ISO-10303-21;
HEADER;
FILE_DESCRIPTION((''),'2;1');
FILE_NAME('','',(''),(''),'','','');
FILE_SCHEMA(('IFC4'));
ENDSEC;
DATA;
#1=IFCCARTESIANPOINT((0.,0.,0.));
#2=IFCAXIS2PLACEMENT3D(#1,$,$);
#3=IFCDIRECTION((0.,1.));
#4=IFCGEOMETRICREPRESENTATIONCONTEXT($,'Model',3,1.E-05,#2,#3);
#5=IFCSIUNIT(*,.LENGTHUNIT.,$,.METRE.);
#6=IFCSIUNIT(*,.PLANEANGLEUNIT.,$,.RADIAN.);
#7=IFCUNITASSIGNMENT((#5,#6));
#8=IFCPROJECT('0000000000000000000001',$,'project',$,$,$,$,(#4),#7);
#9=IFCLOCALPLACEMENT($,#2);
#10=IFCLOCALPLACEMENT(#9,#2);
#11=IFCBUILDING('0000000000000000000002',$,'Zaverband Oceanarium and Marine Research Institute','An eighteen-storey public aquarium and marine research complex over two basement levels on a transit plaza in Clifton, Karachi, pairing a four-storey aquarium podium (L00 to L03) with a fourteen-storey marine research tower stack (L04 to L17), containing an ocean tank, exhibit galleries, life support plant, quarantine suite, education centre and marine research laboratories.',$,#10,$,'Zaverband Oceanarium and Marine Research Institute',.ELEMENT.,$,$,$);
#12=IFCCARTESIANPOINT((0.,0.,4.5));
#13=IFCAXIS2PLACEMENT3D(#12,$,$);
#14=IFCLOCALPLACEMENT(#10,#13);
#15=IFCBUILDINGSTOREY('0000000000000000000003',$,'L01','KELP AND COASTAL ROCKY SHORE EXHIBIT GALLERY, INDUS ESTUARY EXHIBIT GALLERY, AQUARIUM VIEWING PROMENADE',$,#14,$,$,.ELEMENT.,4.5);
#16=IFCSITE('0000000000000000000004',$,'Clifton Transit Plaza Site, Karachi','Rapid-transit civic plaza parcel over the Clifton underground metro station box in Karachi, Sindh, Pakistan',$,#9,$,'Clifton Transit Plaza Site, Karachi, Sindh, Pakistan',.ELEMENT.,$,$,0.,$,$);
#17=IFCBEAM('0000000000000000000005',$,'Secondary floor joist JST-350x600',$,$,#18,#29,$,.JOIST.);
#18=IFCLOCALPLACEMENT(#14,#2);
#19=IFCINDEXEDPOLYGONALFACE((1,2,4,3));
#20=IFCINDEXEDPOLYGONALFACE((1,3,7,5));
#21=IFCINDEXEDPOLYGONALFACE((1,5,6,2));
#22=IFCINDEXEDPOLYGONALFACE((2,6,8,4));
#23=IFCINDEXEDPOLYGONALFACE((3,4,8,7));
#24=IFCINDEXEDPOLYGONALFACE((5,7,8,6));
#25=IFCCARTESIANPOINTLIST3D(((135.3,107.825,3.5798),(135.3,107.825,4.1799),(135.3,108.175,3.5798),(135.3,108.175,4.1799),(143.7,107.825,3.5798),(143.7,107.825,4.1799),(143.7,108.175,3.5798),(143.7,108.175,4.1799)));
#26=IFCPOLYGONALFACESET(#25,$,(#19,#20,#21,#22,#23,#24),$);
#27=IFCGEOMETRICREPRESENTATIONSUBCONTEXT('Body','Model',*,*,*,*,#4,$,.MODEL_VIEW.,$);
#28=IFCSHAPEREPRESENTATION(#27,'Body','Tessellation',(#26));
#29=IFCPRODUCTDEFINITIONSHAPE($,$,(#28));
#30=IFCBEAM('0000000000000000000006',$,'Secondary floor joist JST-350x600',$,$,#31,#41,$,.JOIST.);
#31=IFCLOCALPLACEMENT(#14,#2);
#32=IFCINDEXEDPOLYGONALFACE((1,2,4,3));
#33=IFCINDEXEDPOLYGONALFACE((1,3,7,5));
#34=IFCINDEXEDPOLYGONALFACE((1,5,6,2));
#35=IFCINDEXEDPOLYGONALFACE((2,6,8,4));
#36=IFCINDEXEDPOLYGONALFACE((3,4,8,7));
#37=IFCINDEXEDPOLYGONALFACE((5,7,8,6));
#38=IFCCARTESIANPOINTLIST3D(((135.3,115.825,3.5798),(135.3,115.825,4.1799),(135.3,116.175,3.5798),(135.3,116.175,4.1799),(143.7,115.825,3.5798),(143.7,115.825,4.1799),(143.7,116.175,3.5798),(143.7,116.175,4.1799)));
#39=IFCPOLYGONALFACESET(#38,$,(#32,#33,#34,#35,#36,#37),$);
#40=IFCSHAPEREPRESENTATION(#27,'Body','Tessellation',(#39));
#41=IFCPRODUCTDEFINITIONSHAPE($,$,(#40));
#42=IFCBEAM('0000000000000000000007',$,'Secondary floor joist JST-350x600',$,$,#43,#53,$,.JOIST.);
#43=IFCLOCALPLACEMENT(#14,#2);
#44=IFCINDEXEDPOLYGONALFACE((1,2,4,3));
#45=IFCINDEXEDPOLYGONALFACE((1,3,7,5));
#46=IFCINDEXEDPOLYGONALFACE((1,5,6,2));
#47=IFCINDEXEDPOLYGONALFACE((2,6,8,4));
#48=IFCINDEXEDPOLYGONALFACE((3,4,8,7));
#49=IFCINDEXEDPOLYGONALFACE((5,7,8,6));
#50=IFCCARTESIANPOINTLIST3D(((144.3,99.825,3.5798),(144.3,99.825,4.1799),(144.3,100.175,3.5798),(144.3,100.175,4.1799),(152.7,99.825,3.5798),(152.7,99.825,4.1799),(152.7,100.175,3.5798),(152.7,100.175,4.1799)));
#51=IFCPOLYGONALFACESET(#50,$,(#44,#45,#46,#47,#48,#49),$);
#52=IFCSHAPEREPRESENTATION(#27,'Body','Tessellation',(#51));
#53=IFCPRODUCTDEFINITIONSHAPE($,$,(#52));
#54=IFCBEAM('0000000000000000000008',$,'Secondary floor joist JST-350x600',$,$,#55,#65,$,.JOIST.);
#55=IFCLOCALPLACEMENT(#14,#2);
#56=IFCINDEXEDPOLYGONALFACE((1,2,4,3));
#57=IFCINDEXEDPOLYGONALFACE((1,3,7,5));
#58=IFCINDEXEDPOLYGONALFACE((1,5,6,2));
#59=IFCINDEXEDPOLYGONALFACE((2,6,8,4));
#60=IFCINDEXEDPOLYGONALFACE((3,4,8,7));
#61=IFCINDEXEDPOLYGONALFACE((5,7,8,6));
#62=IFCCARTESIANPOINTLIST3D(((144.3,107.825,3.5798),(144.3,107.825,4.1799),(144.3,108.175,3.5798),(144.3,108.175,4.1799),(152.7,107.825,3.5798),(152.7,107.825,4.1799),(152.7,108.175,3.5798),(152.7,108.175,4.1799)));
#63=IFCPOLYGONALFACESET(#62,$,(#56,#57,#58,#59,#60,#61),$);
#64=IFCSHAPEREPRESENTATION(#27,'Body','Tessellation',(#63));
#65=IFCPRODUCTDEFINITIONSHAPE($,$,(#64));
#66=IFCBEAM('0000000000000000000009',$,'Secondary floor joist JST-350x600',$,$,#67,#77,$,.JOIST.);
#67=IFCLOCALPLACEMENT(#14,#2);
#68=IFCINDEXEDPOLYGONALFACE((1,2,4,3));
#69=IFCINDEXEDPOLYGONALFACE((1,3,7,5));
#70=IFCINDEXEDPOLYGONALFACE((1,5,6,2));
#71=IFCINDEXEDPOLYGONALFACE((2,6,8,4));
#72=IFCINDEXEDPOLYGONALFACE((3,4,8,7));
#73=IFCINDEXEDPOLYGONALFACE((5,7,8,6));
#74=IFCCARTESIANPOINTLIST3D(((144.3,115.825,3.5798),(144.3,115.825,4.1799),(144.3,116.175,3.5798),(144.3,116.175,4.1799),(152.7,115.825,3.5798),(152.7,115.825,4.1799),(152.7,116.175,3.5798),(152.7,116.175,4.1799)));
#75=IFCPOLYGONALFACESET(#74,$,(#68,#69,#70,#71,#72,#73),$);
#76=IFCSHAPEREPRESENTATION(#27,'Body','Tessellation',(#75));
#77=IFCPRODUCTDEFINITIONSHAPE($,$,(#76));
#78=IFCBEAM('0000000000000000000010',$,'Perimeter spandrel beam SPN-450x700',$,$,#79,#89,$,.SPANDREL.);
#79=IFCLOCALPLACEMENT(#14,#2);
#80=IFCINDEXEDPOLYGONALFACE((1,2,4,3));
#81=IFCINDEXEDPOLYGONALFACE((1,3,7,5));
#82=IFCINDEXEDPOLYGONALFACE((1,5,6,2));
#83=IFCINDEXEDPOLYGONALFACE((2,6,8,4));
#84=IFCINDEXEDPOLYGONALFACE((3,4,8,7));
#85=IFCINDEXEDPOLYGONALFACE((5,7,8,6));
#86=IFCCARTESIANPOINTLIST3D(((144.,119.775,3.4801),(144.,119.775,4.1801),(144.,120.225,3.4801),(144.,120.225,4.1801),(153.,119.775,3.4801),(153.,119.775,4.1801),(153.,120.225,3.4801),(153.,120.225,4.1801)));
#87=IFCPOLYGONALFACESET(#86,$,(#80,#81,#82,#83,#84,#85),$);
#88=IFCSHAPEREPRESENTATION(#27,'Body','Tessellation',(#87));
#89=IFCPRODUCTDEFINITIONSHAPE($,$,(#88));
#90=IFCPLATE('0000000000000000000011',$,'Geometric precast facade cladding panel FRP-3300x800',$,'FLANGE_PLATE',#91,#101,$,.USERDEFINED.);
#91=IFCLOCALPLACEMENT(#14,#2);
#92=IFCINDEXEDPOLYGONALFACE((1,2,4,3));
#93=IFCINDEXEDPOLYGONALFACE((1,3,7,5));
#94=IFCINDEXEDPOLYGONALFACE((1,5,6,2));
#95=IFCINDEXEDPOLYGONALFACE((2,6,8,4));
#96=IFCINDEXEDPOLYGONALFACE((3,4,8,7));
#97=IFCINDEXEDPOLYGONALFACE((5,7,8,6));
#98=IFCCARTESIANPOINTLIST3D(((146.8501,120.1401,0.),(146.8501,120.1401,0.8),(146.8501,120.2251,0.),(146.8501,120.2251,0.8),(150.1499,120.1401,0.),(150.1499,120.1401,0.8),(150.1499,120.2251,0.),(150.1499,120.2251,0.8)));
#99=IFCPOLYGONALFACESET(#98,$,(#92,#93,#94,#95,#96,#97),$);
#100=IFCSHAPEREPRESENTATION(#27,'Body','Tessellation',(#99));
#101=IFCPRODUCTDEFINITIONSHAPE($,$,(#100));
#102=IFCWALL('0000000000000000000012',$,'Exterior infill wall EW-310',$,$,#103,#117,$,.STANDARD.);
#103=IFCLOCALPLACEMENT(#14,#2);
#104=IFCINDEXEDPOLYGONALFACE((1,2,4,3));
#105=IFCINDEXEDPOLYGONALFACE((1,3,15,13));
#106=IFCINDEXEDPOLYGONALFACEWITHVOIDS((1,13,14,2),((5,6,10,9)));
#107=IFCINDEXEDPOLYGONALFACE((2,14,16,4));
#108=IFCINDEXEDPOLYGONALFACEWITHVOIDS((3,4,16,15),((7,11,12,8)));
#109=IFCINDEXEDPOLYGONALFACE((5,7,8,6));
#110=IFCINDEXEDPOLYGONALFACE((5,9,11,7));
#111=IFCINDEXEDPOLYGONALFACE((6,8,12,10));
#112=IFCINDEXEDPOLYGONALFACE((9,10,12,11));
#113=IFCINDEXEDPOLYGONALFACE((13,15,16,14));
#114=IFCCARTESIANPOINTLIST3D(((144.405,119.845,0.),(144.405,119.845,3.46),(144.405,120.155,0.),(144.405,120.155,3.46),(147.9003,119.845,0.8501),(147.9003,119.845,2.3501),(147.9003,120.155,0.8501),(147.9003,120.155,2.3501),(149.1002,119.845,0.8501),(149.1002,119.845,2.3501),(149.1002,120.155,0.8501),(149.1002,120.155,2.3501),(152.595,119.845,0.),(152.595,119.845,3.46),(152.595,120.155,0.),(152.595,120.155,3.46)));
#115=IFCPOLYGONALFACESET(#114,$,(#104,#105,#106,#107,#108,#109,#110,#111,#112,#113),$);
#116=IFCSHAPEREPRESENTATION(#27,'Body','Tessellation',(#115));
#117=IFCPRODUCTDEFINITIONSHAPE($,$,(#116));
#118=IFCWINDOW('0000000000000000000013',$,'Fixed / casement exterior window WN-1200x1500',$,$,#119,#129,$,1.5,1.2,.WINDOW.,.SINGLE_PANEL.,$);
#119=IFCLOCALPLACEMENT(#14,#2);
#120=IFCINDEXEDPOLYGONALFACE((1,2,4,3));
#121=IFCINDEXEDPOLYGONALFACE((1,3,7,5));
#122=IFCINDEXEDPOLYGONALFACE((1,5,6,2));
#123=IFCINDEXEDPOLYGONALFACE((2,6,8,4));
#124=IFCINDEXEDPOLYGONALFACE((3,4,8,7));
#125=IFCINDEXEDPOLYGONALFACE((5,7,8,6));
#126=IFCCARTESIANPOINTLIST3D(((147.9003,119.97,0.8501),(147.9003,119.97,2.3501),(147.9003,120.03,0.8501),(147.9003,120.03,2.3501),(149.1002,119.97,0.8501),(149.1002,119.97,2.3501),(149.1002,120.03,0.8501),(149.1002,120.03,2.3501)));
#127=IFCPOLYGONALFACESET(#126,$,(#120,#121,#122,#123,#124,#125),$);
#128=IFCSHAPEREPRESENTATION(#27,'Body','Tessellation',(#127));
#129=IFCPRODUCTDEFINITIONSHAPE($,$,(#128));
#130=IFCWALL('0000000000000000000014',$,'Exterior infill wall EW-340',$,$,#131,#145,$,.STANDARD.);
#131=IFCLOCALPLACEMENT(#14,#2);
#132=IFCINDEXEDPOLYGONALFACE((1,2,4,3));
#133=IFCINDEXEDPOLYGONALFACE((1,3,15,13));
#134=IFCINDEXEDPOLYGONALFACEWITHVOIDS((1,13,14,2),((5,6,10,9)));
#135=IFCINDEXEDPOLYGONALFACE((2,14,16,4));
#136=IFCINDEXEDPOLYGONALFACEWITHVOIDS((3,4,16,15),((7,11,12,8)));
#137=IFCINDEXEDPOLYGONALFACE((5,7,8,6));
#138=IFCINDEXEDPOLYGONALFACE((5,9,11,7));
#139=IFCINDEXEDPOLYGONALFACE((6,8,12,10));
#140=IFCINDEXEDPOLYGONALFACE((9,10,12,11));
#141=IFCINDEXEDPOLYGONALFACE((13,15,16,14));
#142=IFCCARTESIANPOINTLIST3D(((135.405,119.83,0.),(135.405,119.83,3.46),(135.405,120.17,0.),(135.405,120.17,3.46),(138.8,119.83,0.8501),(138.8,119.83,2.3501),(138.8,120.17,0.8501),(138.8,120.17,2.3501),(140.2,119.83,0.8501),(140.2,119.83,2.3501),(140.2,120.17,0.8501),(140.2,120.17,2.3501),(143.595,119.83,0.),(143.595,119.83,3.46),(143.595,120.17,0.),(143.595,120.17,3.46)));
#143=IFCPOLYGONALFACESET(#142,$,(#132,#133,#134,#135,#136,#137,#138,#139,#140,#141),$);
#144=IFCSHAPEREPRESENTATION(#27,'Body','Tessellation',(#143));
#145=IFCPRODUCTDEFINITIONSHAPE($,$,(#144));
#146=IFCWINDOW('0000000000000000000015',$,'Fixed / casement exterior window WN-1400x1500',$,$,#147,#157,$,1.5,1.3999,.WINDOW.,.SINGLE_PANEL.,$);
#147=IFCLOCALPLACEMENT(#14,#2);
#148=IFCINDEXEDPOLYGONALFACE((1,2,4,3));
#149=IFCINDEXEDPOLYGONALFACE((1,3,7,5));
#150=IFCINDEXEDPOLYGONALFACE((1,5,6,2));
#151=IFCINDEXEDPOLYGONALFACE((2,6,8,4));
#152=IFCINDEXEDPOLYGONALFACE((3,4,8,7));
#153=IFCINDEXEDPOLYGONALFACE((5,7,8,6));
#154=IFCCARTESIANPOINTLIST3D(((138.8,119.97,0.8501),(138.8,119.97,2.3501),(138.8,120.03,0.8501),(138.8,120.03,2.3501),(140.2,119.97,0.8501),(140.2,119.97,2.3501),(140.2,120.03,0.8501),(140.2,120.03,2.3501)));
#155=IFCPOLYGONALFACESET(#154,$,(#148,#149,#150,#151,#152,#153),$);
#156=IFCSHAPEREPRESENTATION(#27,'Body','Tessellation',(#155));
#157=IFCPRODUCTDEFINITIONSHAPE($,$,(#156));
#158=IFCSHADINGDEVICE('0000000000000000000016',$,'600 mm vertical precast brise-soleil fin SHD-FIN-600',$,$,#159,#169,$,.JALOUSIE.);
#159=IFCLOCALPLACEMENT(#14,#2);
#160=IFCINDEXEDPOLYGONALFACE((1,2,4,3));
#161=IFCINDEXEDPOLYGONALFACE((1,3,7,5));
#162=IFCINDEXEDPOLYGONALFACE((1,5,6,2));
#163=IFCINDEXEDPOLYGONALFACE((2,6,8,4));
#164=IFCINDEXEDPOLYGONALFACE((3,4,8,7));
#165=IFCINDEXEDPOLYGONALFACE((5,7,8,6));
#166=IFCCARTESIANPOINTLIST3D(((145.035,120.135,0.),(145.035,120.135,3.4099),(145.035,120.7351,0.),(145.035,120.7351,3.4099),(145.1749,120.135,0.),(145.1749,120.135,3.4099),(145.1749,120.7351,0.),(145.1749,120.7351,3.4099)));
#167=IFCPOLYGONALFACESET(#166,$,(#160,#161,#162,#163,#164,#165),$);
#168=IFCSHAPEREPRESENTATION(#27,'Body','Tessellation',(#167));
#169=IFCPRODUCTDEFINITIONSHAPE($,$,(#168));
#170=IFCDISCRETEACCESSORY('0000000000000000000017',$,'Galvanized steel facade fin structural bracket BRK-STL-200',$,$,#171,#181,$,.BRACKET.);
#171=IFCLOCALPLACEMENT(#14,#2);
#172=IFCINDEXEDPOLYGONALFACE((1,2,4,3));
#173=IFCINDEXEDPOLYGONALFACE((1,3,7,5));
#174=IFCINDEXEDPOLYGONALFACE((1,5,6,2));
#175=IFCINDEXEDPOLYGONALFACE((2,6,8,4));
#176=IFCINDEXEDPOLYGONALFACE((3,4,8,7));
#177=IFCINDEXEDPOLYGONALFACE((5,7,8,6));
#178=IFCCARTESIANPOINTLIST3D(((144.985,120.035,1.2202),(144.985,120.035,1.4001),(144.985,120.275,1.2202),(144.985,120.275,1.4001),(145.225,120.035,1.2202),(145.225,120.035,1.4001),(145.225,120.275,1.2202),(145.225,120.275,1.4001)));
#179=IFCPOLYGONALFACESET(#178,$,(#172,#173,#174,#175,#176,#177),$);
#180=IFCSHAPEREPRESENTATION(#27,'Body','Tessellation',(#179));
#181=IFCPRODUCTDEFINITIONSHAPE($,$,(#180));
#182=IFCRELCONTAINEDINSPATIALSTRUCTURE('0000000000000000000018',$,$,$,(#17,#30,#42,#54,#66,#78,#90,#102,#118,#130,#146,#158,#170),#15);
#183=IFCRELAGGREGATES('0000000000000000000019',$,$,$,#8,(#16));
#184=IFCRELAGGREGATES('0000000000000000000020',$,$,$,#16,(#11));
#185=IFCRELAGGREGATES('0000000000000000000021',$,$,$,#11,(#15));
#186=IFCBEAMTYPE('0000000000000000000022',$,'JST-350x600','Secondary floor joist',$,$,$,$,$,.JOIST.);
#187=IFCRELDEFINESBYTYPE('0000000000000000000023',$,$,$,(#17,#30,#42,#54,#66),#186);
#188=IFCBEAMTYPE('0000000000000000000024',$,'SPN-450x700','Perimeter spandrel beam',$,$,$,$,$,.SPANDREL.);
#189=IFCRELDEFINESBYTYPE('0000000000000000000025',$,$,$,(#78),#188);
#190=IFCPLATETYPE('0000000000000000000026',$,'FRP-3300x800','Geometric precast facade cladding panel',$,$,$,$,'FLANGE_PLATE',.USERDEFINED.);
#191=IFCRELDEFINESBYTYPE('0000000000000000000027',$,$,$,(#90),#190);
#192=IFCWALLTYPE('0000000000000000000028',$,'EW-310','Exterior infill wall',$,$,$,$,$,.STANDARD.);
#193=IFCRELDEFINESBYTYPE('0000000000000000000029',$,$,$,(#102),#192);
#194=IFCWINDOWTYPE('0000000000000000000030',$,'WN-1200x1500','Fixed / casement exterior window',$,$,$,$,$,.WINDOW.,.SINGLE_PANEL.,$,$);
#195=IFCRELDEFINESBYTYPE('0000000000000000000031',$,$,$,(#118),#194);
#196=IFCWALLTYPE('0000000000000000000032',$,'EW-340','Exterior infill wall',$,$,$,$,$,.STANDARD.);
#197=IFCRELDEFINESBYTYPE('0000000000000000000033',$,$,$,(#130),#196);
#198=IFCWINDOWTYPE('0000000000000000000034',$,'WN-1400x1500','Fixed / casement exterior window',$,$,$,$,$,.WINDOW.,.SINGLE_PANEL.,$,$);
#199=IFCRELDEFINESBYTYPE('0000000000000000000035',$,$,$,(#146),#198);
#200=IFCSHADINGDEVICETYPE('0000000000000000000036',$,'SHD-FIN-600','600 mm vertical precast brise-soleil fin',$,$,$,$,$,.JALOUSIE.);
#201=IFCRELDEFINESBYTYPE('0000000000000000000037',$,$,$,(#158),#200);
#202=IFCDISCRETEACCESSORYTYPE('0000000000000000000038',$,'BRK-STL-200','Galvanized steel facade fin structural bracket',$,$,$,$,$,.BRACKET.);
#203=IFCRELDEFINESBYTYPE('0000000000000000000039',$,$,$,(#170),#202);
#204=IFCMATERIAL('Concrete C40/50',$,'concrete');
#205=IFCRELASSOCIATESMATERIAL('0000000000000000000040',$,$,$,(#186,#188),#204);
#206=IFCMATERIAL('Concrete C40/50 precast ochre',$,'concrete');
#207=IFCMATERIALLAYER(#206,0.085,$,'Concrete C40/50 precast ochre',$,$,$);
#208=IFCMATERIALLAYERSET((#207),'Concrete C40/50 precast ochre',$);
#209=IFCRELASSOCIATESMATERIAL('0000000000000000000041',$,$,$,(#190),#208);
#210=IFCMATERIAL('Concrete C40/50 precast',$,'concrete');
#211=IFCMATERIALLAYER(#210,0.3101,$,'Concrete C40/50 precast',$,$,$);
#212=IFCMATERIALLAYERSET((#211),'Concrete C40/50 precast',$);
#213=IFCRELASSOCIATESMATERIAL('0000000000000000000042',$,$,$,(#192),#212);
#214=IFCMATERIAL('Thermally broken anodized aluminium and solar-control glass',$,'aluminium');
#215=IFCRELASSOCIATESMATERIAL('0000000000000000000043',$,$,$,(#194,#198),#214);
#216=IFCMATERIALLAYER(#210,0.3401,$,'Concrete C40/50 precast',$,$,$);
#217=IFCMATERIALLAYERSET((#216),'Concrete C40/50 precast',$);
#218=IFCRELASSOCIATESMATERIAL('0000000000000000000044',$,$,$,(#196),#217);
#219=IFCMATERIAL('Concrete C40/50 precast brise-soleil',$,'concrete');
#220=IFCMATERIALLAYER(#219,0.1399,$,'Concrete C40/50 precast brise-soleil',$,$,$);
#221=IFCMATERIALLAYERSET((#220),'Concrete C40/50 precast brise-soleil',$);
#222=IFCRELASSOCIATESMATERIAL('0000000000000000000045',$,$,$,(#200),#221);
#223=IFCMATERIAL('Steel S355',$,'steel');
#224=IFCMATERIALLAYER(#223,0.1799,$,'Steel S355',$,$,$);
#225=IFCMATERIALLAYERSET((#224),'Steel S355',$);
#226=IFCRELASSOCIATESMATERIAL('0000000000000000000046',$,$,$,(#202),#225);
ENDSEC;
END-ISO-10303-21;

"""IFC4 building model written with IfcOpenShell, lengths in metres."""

from ifc_helpers import new_model, si_unit, direction, frame, frame_2d, origin, origin_2d, place, context, subcontext, project, spatial, rectangle, extrude, material, layer, layer_set, material_profile, profile_set, type_object, element, fill, save


model = new_model("IFC4")

# Units and contexts
model_context = context("Model", 3, precision=1e-05, world=origin(), true_north=direction((0.0, 1.0)))
body_context = subcontext(model_context, "Body", "Model", "MODEL_VIEW")
ifc_project = project(units=[si_unit("LENGTHUNIT", "METRE"), si_unit("PLANEANGLEUNIT", "RADIAN")], contexts=[model_context])

# Site, building, storey
site_placement = place(None, origin())
site = spatial("IfcSite", under=ifc_project, at=site_placement, Name="Clifton Transit Plaza Site, Karachi", Description="Rapid-transit civic plaza parcel over the Clifton underground metro station box in Karachi, Sindh, Pakistan", LongName="Clifton Transit Plaza Site, Karachi, Sindh, Pakistan", CompositionType="ELEMENT", RefElevation=0.0)
building_placement = place(site_placement, origin())
building = spatial("IfcBuilding", under=site, at=building_placement, Name="Zaverband Oceanarium and Marine Research Institute", Description="An eighteen-storey public aquarium and marine research complex over two basement levels on a transit plaza in Clifton, Karachi, pairing a four-storey aquarium podium (L00 to L03) with a fourteen-storey marine research tower stack (L04 to L17), containing an ocean tank, exhibit galleries, life support plant, quarantine suite, education centre and marine research laboratories.", LongName="Zaverband Oceanarium and Marine Research Institute", CompositionType="ELEMENT")
storey_placement = place(building_placement, frame((0.0, 0.0, 4.5)))
storey = spatial("IfcBuildingStorey", under=building, at=storey_placement, Name="L01", Description="KELP AND COASTAL ROCKY SHORE EXHIBIT GALLERY, INDUS ESTUARY EXHIBIT GALLERY, AQUARIUM VIEWING PROMENADE", CompositionType="ELEMENT", Elevation=4.5)

# Beams
ifc_material_1 = material(Name="Concrete C40/50", Category="concrete")
ifc_material_profile_1 = material_profile(ifc_material_1, rectangle(XDim=0.3501, YDim=0.6001, at=origin_2d()), Name="RC350x600")
ifc_profile_set_1 = profile_set([ifc_material_profile_1], Name="Concrete C40/50")
beam_type_1 = type_object("IfcBeamType", Name="JST-350x600", Description="Secondary floor joist", PredefinedType="JOIST", material=ifc_profile_set_1)
for number, where, z_axis, x_axis, name in (
    (1, (135.3, 108.0, 3.8799), (1.0, 0.0, 0.0), (0.0, 1.0, 0.0), "Secondary floor joist JST-350x600"),
    (2, (135.3, 116.0, 3.8799), (1.0, 0.0, 0.0), (0.0, 1.0, 0.0), "Secondary floor joist JST-350x600"),
    (3, (144.3, 100.0, 3.8799), (1.0, 0.0, 0.0), (0.0, 1.0, 0.0), "Secondary floor joist JST-350x600"),
    (4, (144.3, 108.0, 3.8799), (1.0, 0.0, 0.0), (0.0, 1.0, 0.0), "Secondary floor joist JST-350x600"),
    (5, (144.3, 116.0, 3.8799), (1.0, 0.0, 0.0), (0.0, 1.0, 0.0), "Secondary floor joist JST-350x600"),
):
    element("IfcBeam", number, at=place(storey_placement, frame(where, z_axis=z_axis, x_axis=x_axis)), inside=storey, type_object=beam_type_1, Name=name, PredefinedType="JOIST", context=body_context, shape_type="SweptSolid", body=[
        extrude(rectangle(XDim=0.3501, YDim=0.6001, at=origin_2d()), origin(), (0.0, 0.0, 1.0), 8.3999),
    ])
ifc_material_profile_2 = material_profile(ifc_material_1, rectangle(XDim=0.45, YDim=0.7, at=origin_2d()), Name="RC450x700")
ifc_profile_set_2 = profile_set([ifc_material_profile_2], Name="Concrete C40/50")
beam_type_2 = type_object("IfcBeamType", Name="SPN-450x700", Description="Perimeter spandrel beam", PredefinedType="SPANDREL", material=ifc_profile_set_2)
beam_placement = place(storey_placement, frame((144.0, 120.0, 3.8301), z_axis=(1.0, 0.0, 0.0), x_axis=(0.0, 1.0, 0.0)))
element("IfcBeam", 6, at=beam_placement, inside=storey, type_object=beam_type_2, Name="Perimeter spandrel beam SPN-450x700", PredefinedType="SPANDREL", context=body_context, shape_type="SweptSolid", body=[
    extrude(rectangle(XDim=0.45, YDim=0.7, at=origin_2d()), origin(), (0.0, 0.0, 1.0), 9.0),
])

# Plate
ifc_material_2 = material(Name="Concrete C40/50 precast ochre", Category="concrete")
ifc_layer_1 = layer(ifc_material_2, 0.085, Name="Concrete C40/50 precast ochre")
ifc_layer_set_1 = layer_set([ifc_layer_1], Name="Concrete C40/50 precast ochre")
plate_type = type_object("IfcPlateType", Name="FRP-3300x800", Description="Geometric precast facade cladding panel", ElementType="FLANGE_PLATE", PredefinedType="USERDEFINED", material=ifc_layer_set_1)
plate_placement = place(storey_placement, frame((146.8501, 120.1826, 0.0), z_axis=(0.0, 0.0, 1.0), x_axis=(1.0, 0.0, 0.0)))
element("IfcPlate", 7, at=plate_placement, inside=storey, type_object=plate_type, Name="Geometric precast facade cladding panel FRP-3300x800", ObjectType="FLANGE_PLATE", PredefinedType="USERDEFINED", context=body_context, shape_type="SweptSolid", body=[
    extrude(rectangle(XDim=3.2998, YDim=0.085, at=frame_2d((1.6499, 0.0))), origin(), (0.0, 0.0, 1.0), 0.8),
])

# Walls, openings, windows
ifc_material_3 = material(Name="Concrete C40/50 precast", Category="concrete")
ifc_layer_2 = layer(ifc_material_3, 0.3101, Name="Concrete C40/50 precast")
ifc_layer_set_2 = layer_set([ifc_layer_2], Name="Concrete C40/50 precast")
wall_type_1 = type_object("IfcWallType", Name="EW-310", Description="Exterior infill wall", PredefinedType="STANDARD", material=ifc_layer_set_2)
wall_1_placement = place(storey_placement, frame((144.405, 120.0, 0.0), z_axis=(0.0, 0.0, 1.0), x_axis=(1.0, 0.0, 0.0)))
wall_1 = element("IfcWall", 8, at=wall_1_placement, inside=storey, type_object=wall_type_1, Name="Exterior infill wall EW-310", PredefinedType="STANDARD", context=body_context, shape_type="SweptSolid", body=[
    extrude(rectangle(XDim=8.1899, YDim=0.3101, at=frame_2d((4.095, 0.0))), origin(), (0.0, 0.0, 1.0), 3.46),
])
opening_1_placement = place(wall_1_placement, frame((3.4951, 0.0, 0.8501)))
opening_1 = element("IfcOpeningElement", 9, at=opening_1_placement, cuts=wall_1, PredefinedType="OPENING", context=body_context, shape_type="SweptSolid", body=[
    extrude(rectangle(XDim=1.2, YDim=1.5, at=frame_2d((0.6001, 0.75))), frame((0.0, 0.167, 0.0), z_axis=(0.0, -1.0, 0.0), x_axis=(1.0, 0.0, 0.0)), (0.0, 0.0, 1.0), 0.334),
])
ifc_material_4 = material(Name="Thermally broken anodized aluminium and solar-control glass", Category="aluminium")
window_type_1 = type_object("IfcWindowType", Name="WN-1200x1500", Description="Fixed / casement exterior window", PartitioningType="SINGLE_PANEL", PredefinedType="WINDOW", material=ifc_material_4)
window_1_placement = place(opening_1_placement, origin())
window_1 = element("IfcWindow", 10, at=window_1_placement, inside=storey, type_object=window_type_1, Name="Fixed / casement exterior window WN-1200x1500", OverallHeight=1.5, OverallWidth=1.2, PartitioningType="SINGLE_PANEL", PredefinedType="WINDOW", context=body_context, shape_type="SweptSolid", body=[
    extrude(rectangle(XDim=1.2, YDim=1.5, at=frame_2d((0.6001, 0.75))), frame((0.0, 0.03, 0.0), z_axis=(0.0, -1.0, 0.0), x_axis=(1.0, 0.0, 0.0)), (0.0, 0.0, 1.0), 0.0601),
])
fill(opening_1, window_1)
ifc_layer_3 = layer(ifc_material_3, 0.3401, Name="Concrete C40/50 precast")
ifc_layer_set_3 = layer_set([ifc_layer_3], Name="Concrete C40/50 precast")
wall_type_2 = type_object("IfcWallType", Name="EW-340", Description="Exterior infill wall", PredefinedType="STANDARD", material=ifc_layer_set_3)
wall_2_placement = place(storey_placement, frame((135.405, 120.0, 0.0), z_axis=(0.0, 0.0, 1.0), x_axis=(1.0, 0.0, 0.0)))
wall_2 = element("IfcWall", 11, at=wall_2_placement, inside=storey, type_object=wall_type_2, Name="Exterior infill wall EW-340", PredefinedType="STANDARD", context=body_context, shape_type="SweptSolid", body=[
    extrude(rectangle(XDim=8.1899, YDim=0.3401, at=frame_2d((4.095, 0.0))), origin(), (0.0, 0.0, 1.0), 3.46),
])
opening_2_placement = place(wall_2_placement, frame((3.395, 0.0, 0.8501)))
opening_2 = element("IfcOpeningElement", 12, at=opening_2_placement, cuts=wall_2, PredefinedType="OPENING", context=body_context, shape_type="SweptSolid", body=[
    extrude(rectangle(XDim=1.3999, YDim=1.5, at=frame_2d((0.7, 0.75))), frame((0.0, 0.1821, 0.0), z_axis=(0.0, -1.0, 0.0), x_axis=(1.0, 0.0, 0.0)), (0.0, 0.0, 1.0), 0.364),
])
window_type_2 = type_object("IfcWindowType", Name="WN-1400x1500", Description="Fixed / casement exterior window", PartitioningType="SINGLE_PANEL", PredefinedType="WINDOW", material=ifc_material_4)
window_2_placement = place(opening_2_placement, origin())
window_2 = element("IfcWindow", 13, at=window_2_placement, inside=storey, type_object=window_type_2, Name="Fixed / casement exterior window WN-1400x1500", OverallHeight=1.5, OverallWidth=1.3999, PartitioningType="SINGLE_PANEL", PredefinedType="WINDOW", context=body_context, shape_type="SweptSolid", body=[
    extrude(rectangle(XDim=1.3999, YDim=1.5, at=frame_2d((0.7, 0.75))), frame((0.0, 0.03, 0.0), z_axis=(0.0, -1.0, 0.0), x_axis=(1.0, 0.0, 0.0)), (0.0, 0.0, 1.0), 0.0601),
])
fill(opening_2, window_2)

# Shading device
ifc_material_5 = material(Name="Concrete C40/50 precast brise-soleil", Category="concrete")
ifc_layer_4 = layer(ifc_material_5, 0.1399, Name="Concrete C40/50 precast brise-soleil")
ifc_layer_set_4 = layer_set([ifc_layer_4], Name="Concrete C40/50 precast brise-soleil")
shading_device_type = type_object("IfcShadingDeviceType", Name="SHD-FIN-600", Description="600 mm vertical precast brise-soleil fin", PredefinedType="JALOUSIE", material=ifc_layer_set_4)
shading_device_placement = place(storey_placement, frame((145.105, 120.135, 0.0), z_axis=(0.0, 0.0, 1.0), x_axis=(0.0, 1.0, 0.0)))
element("IfcShadingDevice", 14, at=shading_device_placement, inside=storey, type_object=shading_device_type, Name="600 mm vertical precast brise-soleil fin SHD-FIN-600", PredefinedType="JALOUSIE", context=body_context, shape_type="SweptSolid", body=[
    extrude(rectangle(XDim=0.6001, YDim=0.1399, at=frame_2d((0.3, 0.0))), origin(), (0.0, 0.0, 1.0), 3.4099),
])

# Discrete accessory
ifc_material_6 = material(Name="Steel S355", Category="steel")
ifc_layer_5 = layer(ifc_material_6, 0.1799, Name="Steel S355")
ifc_layer_set_5 = layer_set([ifc_layer_5], Name="Steel S355")
discrete_accessory_type = type_object("IfcDiscreteAccessoryType", Name="BRK-STL-200", Description="Galvanized steel facade fin structural bracket", PredefinedType="BRACKET", material=ifc_layer_set_5)
discrete_accessory_placement = place(storey_placement, frame((145.105, 120.155, 1.2202), z_axis=(0.0, 0.0, 1.0), x_axis=(1.0, 0.0, 0.0)))
element("IfcDiscreteAccessory", 15, at=discrete_accessory_placement, inside=storey, type_object=discrete_accessory_type, Name="Galvanized steel facade fin structural bracket BRK-STL-200", PredefinedType="BRACKET", context=body_context, shape_type="SweptSolid", body=[
    extrude(rectangle(XDim=0.24, YDim=0.24, at=origin_2d()), origin(), (0.0, 0.0, 1.0), 0.1799),
])

save(model, "model.ifc")
